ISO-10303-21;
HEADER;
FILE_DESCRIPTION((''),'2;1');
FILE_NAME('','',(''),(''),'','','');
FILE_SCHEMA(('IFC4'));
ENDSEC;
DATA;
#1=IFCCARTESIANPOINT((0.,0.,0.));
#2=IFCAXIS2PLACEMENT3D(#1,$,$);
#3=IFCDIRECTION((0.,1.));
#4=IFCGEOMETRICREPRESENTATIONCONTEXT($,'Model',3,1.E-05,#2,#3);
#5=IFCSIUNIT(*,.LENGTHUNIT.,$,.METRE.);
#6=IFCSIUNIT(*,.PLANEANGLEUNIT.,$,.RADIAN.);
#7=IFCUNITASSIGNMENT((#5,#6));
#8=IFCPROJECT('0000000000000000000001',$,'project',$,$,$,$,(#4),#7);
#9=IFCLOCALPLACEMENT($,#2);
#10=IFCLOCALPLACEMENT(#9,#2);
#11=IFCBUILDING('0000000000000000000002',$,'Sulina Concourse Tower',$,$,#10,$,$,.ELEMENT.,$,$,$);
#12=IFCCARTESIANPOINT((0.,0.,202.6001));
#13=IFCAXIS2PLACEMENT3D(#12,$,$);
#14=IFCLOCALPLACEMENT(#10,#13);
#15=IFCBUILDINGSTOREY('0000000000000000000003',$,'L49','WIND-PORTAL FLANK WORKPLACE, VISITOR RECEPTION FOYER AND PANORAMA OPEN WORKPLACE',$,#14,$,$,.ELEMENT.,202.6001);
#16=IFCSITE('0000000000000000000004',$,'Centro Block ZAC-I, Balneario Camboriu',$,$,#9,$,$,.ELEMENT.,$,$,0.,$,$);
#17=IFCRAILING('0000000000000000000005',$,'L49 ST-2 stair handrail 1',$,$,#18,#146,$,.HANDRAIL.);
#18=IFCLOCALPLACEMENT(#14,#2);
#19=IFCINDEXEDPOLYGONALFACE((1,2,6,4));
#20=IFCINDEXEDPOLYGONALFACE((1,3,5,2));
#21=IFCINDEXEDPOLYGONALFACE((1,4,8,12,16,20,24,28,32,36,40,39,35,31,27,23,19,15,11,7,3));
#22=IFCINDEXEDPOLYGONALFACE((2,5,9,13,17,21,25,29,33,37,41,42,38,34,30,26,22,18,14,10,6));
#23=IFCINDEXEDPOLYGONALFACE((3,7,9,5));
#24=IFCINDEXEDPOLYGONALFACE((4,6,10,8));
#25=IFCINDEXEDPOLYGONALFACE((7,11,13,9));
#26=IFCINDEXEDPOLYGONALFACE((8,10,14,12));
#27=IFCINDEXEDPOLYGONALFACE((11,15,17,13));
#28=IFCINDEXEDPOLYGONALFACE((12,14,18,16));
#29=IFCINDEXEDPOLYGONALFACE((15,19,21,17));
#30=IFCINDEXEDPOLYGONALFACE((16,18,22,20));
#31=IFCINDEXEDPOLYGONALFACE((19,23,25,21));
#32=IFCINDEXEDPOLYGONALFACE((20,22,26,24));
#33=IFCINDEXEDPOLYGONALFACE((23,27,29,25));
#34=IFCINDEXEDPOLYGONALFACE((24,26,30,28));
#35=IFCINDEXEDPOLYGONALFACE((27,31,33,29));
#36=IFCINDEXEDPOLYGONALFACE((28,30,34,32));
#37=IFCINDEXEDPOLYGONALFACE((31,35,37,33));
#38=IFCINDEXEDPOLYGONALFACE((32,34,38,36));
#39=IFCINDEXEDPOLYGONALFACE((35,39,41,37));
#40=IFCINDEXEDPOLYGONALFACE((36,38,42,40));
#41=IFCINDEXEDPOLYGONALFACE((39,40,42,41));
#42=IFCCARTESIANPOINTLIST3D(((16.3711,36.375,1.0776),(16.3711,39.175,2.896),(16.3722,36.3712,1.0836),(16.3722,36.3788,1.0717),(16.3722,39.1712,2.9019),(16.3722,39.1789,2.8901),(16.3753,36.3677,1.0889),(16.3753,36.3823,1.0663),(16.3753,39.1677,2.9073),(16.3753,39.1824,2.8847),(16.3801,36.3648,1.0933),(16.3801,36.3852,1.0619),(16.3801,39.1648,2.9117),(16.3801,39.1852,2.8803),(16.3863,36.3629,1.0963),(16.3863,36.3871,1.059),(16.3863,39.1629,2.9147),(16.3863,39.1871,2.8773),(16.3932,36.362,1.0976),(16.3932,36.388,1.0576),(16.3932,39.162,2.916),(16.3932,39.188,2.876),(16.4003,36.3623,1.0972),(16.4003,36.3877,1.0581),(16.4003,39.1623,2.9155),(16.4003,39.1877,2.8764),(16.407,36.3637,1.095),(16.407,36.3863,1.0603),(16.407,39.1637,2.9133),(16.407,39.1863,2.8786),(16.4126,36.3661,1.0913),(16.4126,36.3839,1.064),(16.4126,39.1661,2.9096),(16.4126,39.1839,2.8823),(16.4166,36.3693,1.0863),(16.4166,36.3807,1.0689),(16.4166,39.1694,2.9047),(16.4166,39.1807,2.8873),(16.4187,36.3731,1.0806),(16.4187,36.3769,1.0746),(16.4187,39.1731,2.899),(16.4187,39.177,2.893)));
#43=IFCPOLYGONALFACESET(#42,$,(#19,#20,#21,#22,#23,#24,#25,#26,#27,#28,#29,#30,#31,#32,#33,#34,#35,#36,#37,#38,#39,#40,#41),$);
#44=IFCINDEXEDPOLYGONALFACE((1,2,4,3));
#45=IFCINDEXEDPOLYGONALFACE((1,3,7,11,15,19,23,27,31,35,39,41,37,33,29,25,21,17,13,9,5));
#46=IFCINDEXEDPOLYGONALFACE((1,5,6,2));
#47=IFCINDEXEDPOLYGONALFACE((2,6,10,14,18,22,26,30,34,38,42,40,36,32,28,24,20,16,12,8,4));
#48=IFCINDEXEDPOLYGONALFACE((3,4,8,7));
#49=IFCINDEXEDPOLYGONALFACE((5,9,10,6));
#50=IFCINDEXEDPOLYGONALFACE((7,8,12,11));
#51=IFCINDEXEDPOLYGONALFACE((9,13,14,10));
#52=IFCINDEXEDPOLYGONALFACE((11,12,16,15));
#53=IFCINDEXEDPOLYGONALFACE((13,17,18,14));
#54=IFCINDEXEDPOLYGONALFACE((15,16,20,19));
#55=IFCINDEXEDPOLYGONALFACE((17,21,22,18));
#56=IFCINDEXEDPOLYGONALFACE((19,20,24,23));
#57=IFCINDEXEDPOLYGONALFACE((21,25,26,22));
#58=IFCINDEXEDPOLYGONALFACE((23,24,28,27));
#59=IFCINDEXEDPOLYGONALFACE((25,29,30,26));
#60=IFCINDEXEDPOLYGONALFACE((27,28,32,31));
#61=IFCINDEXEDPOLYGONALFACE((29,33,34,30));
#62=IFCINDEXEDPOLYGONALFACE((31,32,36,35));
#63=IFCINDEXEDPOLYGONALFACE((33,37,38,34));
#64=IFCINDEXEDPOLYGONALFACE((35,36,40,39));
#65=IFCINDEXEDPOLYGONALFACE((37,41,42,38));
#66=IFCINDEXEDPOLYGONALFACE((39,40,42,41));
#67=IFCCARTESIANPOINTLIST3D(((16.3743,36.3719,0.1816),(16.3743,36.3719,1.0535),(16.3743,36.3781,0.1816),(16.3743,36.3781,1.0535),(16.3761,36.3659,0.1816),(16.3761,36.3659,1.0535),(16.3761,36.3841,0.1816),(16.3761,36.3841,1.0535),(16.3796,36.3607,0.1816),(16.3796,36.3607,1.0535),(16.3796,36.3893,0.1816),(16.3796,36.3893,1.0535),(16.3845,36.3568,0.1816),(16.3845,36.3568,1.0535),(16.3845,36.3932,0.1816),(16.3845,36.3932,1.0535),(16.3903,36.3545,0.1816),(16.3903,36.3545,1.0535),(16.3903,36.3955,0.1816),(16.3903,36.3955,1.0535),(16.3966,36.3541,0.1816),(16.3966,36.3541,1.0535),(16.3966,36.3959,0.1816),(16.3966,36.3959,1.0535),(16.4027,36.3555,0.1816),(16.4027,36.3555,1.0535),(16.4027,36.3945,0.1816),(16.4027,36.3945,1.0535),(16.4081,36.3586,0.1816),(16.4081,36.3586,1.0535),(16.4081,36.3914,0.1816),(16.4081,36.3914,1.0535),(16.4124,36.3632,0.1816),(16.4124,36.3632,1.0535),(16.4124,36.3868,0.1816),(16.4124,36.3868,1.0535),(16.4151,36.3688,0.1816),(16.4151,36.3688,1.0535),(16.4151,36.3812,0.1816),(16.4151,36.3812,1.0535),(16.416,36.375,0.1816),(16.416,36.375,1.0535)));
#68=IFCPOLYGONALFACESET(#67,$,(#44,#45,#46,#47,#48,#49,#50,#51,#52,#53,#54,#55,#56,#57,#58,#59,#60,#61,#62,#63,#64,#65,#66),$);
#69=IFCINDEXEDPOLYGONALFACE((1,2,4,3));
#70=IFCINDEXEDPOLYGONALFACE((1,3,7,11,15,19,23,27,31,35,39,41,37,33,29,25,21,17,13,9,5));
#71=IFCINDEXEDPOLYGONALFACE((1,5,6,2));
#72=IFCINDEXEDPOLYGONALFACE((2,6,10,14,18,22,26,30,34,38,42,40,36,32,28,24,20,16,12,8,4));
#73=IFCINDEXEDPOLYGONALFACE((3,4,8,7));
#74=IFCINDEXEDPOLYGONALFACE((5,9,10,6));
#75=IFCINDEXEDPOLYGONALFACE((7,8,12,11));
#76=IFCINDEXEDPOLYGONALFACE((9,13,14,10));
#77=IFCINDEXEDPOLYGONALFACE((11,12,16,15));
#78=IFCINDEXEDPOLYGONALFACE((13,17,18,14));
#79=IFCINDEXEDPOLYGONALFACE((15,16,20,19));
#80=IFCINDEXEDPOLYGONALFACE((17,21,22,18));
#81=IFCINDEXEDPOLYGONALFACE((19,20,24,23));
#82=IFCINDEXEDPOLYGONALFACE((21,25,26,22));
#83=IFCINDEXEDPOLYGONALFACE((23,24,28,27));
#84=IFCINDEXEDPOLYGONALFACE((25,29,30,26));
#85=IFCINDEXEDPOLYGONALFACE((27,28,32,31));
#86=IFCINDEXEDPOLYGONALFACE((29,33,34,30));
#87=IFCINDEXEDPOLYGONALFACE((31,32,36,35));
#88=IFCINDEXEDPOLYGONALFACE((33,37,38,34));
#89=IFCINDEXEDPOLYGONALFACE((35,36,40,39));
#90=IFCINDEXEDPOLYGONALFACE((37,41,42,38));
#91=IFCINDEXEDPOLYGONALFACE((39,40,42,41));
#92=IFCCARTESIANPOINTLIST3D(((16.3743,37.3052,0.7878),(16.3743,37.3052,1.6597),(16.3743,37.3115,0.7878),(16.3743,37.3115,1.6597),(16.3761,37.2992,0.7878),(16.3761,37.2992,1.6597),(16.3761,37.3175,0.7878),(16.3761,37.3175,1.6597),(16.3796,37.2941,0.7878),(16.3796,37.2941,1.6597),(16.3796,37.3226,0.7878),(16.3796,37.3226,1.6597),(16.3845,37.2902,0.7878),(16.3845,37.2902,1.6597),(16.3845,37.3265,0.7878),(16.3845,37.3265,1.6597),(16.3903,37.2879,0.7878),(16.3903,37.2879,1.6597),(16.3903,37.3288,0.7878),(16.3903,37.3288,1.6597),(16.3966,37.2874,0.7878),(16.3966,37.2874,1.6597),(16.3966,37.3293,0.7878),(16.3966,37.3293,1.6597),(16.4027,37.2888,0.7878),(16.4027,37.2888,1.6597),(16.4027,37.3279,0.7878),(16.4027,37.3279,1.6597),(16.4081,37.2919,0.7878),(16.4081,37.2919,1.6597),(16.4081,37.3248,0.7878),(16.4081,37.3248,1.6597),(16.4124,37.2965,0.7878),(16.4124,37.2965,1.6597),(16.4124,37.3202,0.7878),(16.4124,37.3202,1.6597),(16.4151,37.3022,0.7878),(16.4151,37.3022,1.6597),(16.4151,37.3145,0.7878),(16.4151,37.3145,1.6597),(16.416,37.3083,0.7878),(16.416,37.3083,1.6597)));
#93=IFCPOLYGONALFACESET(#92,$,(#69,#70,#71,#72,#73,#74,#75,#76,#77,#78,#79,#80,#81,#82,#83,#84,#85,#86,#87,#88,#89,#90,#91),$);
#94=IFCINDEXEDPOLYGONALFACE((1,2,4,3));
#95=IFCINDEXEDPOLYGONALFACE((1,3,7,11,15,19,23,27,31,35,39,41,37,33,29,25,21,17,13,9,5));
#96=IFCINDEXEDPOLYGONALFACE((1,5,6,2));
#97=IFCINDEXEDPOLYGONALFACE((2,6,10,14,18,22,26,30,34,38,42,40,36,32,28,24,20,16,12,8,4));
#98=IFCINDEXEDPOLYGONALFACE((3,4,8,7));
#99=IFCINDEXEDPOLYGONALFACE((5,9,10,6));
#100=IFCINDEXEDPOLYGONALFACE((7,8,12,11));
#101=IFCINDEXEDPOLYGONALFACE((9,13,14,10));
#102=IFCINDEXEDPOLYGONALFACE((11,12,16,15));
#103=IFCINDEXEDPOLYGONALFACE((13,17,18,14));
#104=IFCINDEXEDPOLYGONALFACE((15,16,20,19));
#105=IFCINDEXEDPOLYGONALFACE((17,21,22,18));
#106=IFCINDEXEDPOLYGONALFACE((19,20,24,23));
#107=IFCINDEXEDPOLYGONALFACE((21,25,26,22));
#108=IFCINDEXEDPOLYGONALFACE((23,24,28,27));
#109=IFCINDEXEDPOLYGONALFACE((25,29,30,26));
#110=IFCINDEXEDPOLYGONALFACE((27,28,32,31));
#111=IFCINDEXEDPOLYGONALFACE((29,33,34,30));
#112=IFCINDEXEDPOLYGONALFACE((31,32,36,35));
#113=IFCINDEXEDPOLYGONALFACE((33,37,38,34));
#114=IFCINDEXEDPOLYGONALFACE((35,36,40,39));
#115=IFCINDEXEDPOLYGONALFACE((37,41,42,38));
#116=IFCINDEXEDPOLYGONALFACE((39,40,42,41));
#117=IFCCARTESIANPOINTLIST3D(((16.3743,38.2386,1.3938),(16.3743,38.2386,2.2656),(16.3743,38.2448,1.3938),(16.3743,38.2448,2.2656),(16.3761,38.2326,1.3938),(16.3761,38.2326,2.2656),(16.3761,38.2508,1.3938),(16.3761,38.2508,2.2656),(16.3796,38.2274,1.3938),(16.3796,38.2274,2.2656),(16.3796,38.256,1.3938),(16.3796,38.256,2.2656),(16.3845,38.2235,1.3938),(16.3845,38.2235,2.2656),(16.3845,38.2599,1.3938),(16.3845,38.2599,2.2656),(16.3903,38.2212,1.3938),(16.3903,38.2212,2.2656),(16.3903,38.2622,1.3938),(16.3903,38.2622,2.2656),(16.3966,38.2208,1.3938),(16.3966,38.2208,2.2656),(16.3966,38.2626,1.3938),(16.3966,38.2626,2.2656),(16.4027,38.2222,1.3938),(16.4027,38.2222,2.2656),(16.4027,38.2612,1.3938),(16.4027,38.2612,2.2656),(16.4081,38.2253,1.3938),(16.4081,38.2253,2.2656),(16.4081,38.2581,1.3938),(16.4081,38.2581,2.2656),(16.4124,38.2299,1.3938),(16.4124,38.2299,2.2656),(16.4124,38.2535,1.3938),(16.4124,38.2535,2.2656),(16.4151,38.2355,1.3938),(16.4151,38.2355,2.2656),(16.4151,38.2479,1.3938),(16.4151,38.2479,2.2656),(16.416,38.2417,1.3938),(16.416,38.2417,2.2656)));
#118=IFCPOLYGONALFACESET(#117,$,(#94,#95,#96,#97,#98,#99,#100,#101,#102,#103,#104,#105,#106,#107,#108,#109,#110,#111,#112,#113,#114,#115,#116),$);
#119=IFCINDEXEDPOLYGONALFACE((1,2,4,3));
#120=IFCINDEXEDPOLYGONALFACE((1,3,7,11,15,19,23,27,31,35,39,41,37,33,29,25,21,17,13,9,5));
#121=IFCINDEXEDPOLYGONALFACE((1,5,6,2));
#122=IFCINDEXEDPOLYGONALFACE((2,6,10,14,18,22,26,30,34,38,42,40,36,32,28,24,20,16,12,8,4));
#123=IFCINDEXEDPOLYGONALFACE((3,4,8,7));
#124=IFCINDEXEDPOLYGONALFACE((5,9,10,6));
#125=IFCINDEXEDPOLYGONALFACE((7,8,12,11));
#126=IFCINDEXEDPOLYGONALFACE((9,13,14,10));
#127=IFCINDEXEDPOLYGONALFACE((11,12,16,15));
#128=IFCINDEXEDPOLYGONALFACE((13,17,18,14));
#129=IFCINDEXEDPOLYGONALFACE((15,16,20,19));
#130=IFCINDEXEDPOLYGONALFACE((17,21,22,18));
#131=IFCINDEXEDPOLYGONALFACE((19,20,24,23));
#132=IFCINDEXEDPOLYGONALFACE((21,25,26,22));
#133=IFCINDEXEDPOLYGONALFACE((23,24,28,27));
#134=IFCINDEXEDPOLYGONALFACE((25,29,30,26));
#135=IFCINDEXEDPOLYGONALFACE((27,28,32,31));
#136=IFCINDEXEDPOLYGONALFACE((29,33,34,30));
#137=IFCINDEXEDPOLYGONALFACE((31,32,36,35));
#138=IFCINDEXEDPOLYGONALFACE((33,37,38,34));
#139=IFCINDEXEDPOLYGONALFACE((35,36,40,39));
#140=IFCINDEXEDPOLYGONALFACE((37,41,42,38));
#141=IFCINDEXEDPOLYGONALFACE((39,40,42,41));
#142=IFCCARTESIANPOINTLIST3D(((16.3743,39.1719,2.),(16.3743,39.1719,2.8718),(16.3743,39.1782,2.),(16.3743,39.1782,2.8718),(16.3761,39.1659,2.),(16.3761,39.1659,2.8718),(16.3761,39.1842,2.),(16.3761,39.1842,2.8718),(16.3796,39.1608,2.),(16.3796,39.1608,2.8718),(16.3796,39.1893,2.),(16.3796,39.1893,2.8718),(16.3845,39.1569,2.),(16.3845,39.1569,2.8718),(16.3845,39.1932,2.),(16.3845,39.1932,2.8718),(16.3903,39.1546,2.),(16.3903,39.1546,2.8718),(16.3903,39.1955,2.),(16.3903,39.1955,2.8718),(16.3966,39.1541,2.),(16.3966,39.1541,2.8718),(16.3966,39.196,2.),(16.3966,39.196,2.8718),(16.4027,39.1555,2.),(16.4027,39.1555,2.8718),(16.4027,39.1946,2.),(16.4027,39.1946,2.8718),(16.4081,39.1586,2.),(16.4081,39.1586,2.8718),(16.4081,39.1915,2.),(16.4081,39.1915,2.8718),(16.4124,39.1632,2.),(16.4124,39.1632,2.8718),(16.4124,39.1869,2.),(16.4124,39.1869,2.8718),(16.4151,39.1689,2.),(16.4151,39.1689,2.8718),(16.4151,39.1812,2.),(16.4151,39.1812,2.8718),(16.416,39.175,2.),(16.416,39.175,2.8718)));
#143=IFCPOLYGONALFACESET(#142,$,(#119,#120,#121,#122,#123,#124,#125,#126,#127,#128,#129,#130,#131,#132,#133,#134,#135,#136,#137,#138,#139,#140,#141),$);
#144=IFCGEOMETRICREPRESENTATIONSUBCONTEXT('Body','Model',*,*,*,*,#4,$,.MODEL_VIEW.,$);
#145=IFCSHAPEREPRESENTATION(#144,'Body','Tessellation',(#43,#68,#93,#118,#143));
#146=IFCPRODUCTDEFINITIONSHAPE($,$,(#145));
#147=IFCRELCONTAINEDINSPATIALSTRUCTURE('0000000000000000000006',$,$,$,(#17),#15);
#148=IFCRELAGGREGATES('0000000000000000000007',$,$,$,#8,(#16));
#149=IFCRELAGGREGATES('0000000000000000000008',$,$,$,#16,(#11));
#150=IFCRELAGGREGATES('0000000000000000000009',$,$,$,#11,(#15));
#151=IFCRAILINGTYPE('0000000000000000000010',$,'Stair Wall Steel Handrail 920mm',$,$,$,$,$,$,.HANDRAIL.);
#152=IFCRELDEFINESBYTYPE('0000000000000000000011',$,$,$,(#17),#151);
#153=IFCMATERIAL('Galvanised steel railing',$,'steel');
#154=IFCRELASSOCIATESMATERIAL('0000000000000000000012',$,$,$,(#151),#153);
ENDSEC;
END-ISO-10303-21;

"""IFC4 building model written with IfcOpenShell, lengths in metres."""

from ifc_helpers import new_model, si_unit, direction, frame, origin, origin_2d, place, context, subcontext, project, spatial, circle, extrude, material, type_object, element, save


model = new_model("IFC4")

# Units and contexts
model_context = context("Model", 3, precision=1e-05, world=origin(), true_north=direction((0.0, 1.0)))
body_context = subcontext(model_context, "Body", "Model", "MODEL_VIEW")
ifc_project = project(units=[si_unit("LENGTHUNIT", "METRE"), si_unit("PLANEANGLEUNIT", "RADIAN")], contexts=[model_context])

# Site, building, storey
site_placement = place(None, origin())
site = spatial("IfcSite", under=ifc_project, at=site_placement, Name="Centro Block ZAC-I, Balneario Camboriu", CompositionType="ELEMENT", RefElevation=0.0)
building_placement = place(site_placement, origin())
building = spatial("IfcBuilding", under=site, at=building_placement, Name="Sulina Concourse Tower", CompositionType="ELEMENT")
storey_placement = place(building_placement, frame((0.0, 0.0, 202.6001)))
storey = spatial("IfcBuildingStorey", under=building, at=storey_placement, Name="L49", Description="WIND-PORTAL FLANK WORKPLACE, VISITOR RECEPTION FOYER AND PANORAMA OPEN WORKPLACE", CompositionType="ELEMENT", Elevation=202.6001)

# Railing
ifc_material_1 = material(Name="Galvanised steel railing", Category="steel")
railing_type_1 = type_object("IfcRailingType", Name="Stair Wall Steel Handrail 920mm", PredefinedType="HANDRAIL", material=ifc_material_1)
railing_1_placement = place(storey_placement, frame((16.395, 36.375, 0.1816)))
element("IfcRailing", 1, at=railing_1_placement, inside=storey, type_object=railing_type_1, Name="L49 ST-2 stair handrail 1", PredefinedType="HANDRAIL", context=body_context, shape_type="SweptSolid", body=[
    extrude(circle(Radius=0.0239, at=origin_2d()), frame((0.0, 0.0, 0.896), z_axis=(0.0, 0.838672, 0.544636), x_axis=(-1.0, 0.0, 0.0)), (0.0, 0.0, 1.0), 3.3386),
    extrude(circle(Radius=0.021, at=origin_2d()), origin(), (0.0, 0.0, 1.0), 0.8718),
    extrude(circle(Radius=0.021, at=origin_2d()), frame((0.0, 0.9333, 0.6062)), (0.0, 0.0, 1.0), 0.8718),
    extrude(circle(Radius=0.021, at=origin_2d()), frame((0.0, 1.8667, 1.2122)), (0.0, 0.0, 1.0), 0.8718),
    extrude(circle(Radius=0.021, at=origin_2d()), frame((0.0, 2.8, 1.8184)), (0.0, 0.0, 1.0), 0.8718),
])

save(model, "model.ifc")
